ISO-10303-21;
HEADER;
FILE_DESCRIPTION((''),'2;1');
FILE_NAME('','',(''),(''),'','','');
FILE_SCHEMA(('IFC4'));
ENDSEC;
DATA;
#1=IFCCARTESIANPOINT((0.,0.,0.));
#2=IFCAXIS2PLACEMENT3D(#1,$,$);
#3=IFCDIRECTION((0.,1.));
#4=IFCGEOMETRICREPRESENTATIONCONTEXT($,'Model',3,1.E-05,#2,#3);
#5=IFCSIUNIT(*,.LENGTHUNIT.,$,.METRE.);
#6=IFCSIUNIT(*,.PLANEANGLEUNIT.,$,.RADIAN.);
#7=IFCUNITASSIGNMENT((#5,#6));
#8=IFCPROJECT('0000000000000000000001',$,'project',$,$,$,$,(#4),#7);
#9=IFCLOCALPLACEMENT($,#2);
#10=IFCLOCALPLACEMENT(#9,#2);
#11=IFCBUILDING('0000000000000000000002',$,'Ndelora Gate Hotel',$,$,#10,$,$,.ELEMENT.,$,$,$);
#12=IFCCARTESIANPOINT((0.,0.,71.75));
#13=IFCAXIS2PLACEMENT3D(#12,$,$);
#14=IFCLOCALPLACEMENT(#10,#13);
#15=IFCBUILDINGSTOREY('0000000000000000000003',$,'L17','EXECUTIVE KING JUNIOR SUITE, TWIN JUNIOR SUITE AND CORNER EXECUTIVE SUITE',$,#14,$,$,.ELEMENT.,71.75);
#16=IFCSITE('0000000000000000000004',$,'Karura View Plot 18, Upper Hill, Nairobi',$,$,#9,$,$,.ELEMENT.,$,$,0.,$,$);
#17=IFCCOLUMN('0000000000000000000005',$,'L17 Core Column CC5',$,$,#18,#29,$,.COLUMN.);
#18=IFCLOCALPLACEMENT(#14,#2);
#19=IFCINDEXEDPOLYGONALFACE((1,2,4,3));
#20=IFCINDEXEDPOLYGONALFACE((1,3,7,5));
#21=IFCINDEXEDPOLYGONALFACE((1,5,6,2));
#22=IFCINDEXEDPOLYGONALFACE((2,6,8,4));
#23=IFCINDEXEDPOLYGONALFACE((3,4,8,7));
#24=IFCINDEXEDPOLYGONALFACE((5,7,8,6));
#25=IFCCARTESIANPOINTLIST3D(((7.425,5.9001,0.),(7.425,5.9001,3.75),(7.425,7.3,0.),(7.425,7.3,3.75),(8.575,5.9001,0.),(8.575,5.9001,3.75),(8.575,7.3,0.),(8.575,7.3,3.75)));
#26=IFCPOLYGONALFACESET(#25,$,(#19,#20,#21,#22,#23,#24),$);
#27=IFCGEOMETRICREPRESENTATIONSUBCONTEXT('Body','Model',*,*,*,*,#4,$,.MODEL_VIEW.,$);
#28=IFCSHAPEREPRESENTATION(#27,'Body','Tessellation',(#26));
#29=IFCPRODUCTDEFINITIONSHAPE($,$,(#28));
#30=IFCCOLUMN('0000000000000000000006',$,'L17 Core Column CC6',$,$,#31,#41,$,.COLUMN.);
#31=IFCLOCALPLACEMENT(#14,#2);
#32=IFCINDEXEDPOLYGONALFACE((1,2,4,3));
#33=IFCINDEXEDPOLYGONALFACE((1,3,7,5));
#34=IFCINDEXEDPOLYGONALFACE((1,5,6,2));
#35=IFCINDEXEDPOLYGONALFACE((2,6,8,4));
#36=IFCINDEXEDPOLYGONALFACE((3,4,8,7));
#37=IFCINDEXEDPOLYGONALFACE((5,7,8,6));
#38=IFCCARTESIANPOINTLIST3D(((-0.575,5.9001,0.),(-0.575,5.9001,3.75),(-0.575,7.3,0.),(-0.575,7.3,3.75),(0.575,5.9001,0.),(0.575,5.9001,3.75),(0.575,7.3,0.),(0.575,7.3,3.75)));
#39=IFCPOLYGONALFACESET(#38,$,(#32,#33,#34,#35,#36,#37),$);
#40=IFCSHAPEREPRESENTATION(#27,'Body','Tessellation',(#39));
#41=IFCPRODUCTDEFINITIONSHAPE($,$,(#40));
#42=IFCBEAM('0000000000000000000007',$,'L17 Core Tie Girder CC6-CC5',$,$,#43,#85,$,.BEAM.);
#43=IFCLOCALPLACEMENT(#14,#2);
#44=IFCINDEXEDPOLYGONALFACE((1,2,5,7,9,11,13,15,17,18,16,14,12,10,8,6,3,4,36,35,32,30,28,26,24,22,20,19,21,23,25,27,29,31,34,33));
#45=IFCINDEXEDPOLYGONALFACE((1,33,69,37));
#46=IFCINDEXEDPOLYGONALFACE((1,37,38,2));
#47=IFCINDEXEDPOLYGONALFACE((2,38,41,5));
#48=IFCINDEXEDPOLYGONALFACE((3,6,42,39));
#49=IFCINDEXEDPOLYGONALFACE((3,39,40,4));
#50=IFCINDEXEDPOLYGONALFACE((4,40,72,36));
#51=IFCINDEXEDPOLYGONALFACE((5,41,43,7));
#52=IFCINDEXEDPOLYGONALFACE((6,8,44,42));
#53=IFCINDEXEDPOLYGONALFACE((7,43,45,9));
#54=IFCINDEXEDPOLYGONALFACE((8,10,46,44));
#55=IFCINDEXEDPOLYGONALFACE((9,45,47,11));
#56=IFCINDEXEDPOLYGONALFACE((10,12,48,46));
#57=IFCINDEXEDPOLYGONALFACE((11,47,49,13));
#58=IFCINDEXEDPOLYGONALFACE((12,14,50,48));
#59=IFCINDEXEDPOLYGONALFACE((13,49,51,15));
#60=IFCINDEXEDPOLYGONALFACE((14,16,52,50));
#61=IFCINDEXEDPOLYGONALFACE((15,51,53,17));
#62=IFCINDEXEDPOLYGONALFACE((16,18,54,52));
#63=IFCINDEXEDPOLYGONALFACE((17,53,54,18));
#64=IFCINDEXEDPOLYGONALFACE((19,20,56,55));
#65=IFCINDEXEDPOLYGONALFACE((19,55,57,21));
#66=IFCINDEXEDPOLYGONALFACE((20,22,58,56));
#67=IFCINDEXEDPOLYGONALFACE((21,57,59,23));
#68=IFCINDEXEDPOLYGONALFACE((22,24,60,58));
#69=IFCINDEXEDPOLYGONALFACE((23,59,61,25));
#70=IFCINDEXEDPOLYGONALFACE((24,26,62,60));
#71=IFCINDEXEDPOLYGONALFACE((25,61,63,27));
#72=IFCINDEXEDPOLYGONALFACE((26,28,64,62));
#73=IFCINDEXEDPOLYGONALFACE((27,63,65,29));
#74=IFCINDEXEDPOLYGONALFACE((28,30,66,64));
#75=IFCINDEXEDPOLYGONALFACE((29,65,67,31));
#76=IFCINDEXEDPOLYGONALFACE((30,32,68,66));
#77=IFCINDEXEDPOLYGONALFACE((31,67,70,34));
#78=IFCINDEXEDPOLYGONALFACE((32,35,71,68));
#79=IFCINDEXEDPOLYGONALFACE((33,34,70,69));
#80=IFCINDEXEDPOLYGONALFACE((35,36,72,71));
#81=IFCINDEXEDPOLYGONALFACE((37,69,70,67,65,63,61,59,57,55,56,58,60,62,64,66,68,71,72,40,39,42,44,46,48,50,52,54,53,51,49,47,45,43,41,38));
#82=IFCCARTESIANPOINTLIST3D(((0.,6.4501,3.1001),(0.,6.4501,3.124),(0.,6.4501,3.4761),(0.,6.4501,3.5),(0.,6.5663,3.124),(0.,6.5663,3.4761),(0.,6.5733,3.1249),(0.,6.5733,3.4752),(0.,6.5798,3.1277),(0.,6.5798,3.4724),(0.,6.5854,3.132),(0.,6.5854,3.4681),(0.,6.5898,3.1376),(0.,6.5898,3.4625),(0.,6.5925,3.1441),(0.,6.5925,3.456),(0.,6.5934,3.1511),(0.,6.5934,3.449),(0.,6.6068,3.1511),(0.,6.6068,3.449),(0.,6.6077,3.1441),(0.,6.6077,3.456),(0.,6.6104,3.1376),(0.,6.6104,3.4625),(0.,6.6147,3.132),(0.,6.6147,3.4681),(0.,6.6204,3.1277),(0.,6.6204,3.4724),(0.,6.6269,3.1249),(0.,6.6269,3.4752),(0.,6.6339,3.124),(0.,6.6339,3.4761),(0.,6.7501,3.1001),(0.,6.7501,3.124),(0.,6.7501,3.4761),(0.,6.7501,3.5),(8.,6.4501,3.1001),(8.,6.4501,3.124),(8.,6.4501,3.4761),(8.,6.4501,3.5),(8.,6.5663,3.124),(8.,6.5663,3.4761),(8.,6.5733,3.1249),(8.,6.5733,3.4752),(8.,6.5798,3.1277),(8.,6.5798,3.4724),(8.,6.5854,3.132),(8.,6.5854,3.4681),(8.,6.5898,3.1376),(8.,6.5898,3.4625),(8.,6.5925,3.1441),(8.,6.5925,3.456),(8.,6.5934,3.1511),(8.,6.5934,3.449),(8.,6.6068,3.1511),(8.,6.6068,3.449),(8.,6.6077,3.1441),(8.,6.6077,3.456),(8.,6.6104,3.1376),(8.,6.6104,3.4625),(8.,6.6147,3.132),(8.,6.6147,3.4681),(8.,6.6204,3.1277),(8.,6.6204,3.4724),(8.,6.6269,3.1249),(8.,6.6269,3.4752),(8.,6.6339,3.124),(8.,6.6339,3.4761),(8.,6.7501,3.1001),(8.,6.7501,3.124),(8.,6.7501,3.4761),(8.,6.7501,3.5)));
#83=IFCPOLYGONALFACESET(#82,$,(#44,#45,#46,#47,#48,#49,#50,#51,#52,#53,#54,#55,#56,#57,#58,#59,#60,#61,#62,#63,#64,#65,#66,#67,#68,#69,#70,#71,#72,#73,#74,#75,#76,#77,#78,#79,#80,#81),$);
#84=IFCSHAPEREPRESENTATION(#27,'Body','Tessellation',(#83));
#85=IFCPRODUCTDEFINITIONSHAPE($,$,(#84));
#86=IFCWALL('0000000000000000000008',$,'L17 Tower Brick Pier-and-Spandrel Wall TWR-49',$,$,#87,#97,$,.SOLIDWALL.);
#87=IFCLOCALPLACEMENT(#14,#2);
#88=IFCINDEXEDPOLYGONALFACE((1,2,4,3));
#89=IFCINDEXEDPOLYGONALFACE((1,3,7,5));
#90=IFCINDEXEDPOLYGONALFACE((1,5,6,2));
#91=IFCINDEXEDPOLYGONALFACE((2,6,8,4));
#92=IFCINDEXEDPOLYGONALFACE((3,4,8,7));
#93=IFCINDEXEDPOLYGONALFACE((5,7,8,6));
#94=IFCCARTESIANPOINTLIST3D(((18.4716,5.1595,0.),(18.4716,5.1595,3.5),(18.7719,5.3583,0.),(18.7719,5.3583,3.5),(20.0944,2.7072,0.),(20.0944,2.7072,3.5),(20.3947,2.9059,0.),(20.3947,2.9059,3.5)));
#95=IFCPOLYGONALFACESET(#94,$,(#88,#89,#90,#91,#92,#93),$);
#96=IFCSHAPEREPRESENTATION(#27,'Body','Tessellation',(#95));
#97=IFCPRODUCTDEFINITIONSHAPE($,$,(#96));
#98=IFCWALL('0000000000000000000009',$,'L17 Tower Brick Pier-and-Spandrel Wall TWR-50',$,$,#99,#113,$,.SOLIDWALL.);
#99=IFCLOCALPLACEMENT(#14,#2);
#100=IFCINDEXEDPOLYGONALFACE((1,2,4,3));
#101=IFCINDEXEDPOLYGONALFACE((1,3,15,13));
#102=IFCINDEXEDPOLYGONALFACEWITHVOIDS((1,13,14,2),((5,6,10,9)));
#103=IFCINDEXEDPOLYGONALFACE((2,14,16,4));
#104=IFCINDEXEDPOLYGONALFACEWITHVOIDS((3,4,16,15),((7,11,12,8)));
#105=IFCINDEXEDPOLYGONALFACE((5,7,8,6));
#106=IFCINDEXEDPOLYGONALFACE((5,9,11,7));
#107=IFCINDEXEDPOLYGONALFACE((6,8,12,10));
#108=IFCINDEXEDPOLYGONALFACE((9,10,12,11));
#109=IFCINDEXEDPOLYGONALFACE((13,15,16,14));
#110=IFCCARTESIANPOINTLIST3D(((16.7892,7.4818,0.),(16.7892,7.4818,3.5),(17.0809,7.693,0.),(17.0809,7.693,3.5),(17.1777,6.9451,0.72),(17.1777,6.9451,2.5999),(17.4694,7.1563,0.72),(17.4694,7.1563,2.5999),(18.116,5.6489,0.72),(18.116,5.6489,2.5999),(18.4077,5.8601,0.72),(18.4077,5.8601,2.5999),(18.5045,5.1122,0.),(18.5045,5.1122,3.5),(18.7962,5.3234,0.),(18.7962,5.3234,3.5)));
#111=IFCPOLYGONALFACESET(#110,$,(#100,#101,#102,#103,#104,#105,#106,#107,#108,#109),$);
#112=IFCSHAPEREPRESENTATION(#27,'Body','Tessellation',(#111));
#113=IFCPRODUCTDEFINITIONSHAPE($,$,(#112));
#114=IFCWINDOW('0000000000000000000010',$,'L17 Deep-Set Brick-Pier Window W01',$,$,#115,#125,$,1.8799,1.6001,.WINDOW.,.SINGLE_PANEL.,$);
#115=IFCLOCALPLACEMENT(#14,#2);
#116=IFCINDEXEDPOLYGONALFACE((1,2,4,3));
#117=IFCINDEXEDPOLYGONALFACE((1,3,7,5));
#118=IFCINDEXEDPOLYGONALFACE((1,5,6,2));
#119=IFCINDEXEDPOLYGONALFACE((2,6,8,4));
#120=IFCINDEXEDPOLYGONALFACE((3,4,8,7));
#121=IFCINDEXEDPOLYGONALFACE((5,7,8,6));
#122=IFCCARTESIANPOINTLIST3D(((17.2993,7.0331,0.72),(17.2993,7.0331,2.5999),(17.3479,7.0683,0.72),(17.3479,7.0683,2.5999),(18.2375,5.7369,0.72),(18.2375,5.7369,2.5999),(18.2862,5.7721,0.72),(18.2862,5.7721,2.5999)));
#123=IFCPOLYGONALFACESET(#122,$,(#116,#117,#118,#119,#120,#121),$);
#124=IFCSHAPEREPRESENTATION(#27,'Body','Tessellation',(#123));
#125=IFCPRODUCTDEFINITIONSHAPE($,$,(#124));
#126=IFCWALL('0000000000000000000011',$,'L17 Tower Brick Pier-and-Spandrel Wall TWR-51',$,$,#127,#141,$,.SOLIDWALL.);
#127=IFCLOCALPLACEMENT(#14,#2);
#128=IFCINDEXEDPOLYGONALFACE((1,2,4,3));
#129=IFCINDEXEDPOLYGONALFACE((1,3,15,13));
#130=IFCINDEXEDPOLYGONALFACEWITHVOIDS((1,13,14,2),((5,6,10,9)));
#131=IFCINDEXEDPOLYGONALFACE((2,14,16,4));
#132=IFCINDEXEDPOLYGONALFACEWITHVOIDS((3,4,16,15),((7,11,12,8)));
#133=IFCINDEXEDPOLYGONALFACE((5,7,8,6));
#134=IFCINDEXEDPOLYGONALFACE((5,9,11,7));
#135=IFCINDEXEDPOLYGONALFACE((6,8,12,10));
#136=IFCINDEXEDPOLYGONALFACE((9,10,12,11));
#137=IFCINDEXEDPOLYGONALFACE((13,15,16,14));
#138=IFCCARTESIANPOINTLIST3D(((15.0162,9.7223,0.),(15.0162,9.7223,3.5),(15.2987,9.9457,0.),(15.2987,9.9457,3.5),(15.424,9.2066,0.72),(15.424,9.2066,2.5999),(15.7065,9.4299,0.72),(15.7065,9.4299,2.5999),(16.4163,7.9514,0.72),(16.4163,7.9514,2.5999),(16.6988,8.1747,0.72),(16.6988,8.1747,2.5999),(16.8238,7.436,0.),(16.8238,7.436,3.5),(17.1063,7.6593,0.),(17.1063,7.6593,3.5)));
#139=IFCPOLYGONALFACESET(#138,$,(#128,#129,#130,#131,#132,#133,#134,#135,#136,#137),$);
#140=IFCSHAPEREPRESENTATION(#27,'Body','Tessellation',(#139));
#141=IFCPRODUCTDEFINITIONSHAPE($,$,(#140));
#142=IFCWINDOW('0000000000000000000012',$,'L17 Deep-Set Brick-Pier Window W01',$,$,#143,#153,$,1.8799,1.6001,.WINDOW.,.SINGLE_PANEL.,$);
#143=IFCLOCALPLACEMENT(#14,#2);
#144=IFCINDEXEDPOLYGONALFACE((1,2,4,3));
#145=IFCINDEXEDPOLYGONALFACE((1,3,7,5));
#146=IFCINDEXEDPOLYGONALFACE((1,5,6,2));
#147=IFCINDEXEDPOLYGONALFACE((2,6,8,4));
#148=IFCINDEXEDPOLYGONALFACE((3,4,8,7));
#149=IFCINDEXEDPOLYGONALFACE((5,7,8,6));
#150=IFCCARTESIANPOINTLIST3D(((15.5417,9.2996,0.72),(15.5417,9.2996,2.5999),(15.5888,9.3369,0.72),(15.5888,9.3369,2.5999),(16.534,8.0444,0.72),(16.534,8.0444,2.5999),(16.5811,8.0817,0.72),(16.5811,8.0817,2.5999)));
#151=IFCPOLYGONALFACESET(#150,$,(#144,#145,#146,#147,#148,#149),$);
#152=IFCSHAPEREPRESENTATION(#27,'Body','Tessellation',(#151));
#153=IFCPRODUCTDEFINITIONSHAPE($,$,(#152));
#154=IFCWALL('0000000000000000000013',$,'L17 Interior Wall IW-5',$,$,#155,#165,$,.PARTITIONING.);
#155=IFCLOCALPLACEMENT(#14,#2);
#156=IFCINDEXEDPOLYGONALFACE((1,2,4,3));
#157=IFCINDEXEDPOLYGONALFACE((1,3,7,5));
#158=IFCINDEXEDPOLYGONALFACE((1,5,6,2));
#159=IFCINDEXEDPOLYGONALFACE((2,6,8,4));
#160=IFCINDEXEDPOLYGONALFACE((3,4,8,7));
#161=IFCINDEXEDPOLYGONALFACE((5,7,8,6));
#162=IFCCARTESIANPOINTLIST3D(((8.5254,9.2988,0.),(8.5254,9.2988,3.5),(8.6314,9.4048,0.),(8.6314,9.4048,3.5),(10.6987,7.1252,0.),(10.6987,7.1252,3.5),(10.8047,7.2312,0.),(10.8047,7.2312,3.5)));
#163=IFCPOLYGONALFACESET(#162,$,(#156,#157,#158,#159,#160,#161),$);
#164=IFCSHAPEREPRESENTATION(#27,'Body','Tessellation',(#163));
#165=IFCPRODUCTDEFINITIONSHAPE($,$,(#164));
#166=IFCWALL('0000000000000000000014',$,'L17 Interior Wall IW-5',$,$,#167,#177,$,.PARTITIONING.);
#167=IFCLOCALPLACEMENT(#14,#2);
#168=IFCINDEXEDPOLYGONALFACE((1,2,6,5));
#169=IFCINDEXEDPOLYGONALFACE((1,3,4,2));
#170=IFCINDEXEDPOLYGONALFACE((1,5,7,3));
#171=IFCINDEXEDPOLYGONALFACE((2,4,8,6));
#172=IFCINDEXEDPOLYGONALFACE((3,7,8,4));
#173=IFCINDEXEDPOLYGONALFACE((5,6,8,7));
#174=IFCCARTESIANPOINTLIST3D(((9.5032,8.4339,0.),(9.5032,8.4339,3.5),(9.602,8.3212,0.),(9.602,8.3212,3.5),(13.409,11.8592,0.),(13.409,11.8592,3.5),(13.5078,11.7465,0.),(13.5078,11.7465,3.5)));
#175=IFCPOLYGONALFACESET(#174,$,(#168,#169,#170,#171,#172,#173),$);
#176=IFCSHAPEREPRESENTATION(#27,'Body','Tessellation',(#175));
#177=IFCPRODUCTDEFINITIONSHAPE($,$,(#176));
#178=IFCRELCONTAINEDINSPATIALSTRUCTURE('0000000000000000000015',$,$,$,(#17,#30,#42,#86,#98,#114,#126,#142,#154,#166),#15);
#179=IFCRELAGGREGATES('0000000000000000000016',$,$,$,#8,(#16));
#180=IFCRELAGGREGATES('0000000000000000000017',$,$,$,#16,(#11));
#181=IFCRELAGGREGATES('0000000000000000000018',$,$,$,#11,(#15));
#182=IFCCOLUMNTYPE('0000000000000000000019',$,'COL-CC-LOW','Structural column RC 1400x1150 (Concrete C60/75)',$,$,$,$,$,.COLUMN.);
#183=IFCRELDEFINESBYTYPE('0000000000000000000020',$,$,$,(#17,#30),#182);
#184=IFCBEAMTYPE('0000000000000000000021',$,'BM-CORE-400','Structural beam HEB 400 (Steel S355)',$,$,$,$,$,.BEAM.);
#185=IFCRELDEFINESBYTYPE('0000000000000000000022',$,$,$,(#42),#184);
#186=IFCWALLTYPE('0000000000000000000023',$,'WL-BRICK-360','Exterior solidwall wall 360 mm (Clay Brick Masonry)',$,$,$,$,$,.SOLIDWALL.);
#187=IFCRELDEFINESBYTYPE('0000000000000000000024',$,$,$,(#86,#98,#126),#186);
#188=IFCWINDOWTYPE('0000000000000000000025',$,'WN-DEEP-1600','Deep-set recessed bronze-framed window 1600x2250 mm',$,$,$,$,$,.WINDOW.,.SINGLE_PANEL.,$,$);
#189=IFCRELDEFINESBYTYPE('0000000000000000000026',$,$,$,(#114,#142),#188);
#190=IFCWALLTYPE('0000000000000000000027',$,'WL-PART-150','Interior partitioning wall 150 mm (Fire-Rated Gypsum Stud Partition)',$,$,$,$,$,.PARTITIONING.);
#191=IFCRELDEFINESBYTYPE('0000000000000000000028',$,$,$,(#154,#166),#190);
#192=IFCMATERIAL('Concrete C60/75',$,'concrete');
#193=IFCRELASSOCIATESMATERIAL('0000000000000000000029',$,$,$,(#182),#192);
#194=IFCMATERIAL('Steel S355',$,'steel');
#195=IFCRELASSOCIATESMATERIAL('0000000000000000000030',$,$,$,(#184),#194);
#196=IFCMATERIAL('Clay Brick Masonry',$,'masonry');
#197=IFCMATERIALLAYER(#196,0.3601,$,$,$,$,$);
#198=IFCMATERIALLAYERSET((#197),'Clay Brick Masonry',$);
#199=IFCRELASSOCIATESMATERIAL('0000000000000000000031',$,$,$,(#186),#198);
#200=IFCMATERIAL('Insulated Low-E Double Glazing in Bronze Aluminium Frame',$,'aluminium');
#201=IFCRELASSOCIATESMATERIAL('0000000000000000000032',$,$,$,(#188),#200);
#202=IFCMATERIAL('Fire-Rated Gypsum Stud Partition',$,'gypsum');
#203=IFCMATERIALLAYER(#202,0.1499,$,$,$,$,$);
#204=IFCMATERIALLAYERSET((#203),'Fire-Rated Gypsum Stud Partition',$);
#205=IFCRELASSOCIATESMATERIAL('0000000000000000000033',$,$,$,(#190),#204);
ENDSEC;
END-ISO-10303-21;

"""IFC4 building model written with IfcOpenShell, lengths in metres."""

from ifc_helpers import new_model, si_unit, direction, frame, frame_2d, origin, origin_2d, place, context, subcontext, project, spatial, rectangle, i_section, extrude, material, layer, layer_set, material_profile, profile_set, type_object, element, fill, save


model = new_model("IFC4")

# Units and contexts
model_context = context("Model", 3, precision=1e-05, world=origin(), true_north=direction((0.0, 1.0)))
body_context = subcontext(model_context, "Body", "Model", "MODEL_VIEW")
ifc_project = project(units=[si_unit("LENGTHUNIT", "METRE"), si_unit("PLANEANGLEUNIT", "RADIAN")], contexts=[model_context])

# Site, building, storey
site_placement = place(None, origin())
site = spatial("IfcSite", under=ifc_project, at=site_placement, Name="Karura View Plot 18, Upper Hill, Nairobi", CompositionType="ELEMENT", RefElevation=0.0)
building_placement = place(site_placement, origin())
building = spatial("IfcBuilding", under=site, at=building_placement, Name="Ndelora Gate Hotel", CompositionType="ELEMENT")
storey_placement = place(building_placement, frame((0.0, 0.0, 71.75)))
storey = spatial("IfcBuildingStorey", under=building, at=storey_placement, Name="L17", Description="EXECUTIVE KING JUNIOR SUITE, TWIN JUNIOR SUITE AND CORNER EXECUTIVE SUITE", CompositionType="ELEMENT", Elevation=71.75)

# Columns
ifc_material_1 = material(Name="Concrete C60/75", Category="concrete")
ifc_material_profile_1 = material_profile(ifc_material_1, rectangle(XDim=1.1499, YDim=1.3999, at=origin_2d()), Name="RC 1400x1150")
ifc_profile_set_1 = profile_set([ifc_material_profile_1], Name="Concrete C60/75")
column_type = type_object("IfcColumnType", Name="COL-CC-LOW", Description="Structural column RC 1400x1150 (Concrete C60/75)", PredefinedType="COLUMN", material=ifc_profile_set_1)
for number, where, z_axis, x_axis, name in (
    (1, (8.0, 6.6001, 0.0), (0.0, 0.0, 1.0), (1.0, 0.0, 0.0), "L17 Core Column CC5"),
    (2, (0.0, 6.6001, 0.0), (0.0, 0.0, 1.0), (1.0, 0.0, 0.0), "L17 Core Column CC6"),
):
    element("IfcColumn", number, at=place(storey_placement, frame(where, z_axis=z_axis, x_axis=x_axis)), inside=storey, type_object=column_type, Name=name, PredefinedType="COLUMN", context=body_context, shape_type="SweptSolid", body=[
        extrude(rectangle(XDim=1.1499, YDim=1.3999, at=origin_2d()), origin(), (0.0, 0.0, 1.0), 3.75),
    ])

# Beam
ifc_material_2 = material(Name="Steel S355", Category="steel")
ifc_material_profile_2 = material_profile(ifc_material_2, i_section(OverallWidth=0.3, OverallDepth=0.3999, WebThickness=0.0134, FlangeThickness=0.0239, FilletRadius=0.0271, at=origin_2d()), Name="HEB 400")
ifc_profile_set_2 = profile_set([ifc_material_profile_2], Name="Steel S355")
beam_type = type_object("IfcBeamType", Name="BM-CORE-400", Description="Structural beam HEB 400 (Steel S355)", PredefinedType="BEAM", material=ifc_profile_set_2)
beam_placement = place(storey_placement, frame((0.0, 6.6001, 3.3), z_axis=(1.0, 0.0, 0.0), x_axis=(0.0, 1.0, 0.0)))
element("IfcBeam", 3, at=beam_placement, inside=storey, type_object=beam_type, Name="L17 Core Tie Girder CC6-CC5", PredefinedType="BEAM", context=body_context, shape_type="SweptSolid", body=[
    extrude(i_section(OverallWidth=0.3, OverallDepth=0.3999, WebThickness=0.0134, FlangeThickness=0.0239, FilletRadius=0.0271, at=origin_2d()), origin(), (0.0, 0.0, 1.0), 8.0),
])

# Wall
ifc_material_3 = material(Name="Clay Brick Masonry", Category="masonry")
ifc_layer_1 = layer(ifc_material_3, 0.3601)
ifc_layer_set_1 = layer_set([ifc_layer_1], Name="Clay Brick Masonry")
wall_type_1 = type_object("IfcWallType", Name="WL-BRICK-360", Description="Exterior solidwall wall 360 mm (Clay Brick Masonry)", PredefinedType="SOLIDWALL", material=ifc_layer_set_1)
wall_1_placement = place(storey_placement, frame((18.6218, 5.2588, 0.0), z_axis=(0.0, 0.0, 1.0), x_axis=(0.551842, -0.833948, 0.0)))
element("IfcWall", 4, at=wall_1_placement, inside=storey, type_object=wall_type_1, Name="L17 Tower Brick Pier-and-Spandrel Wall TWR-49", PredefinedType="SOLIDWALL", context=body_context, shape_type="SweptSolid", body=[
    extrude(rectangle(XDim=2.9407, YDim=0.3601, at=frame_2d((1.4702, 0.0))), origin(), (0.0, 0.0, 1.0), 3.5),
])

# Walls, openings, windows
wall_2_placement = place(storey_placement, frame((16.9351, 7.5874, 0.0), z_axis=(0.0, 0.0, 1.0), x_axis=(0.586374, -0.810041, 0.0)))
wall_2 = element("IfcWall", 5, at=wall_2_placement, inside=storey, type_object=wall_type_1, Name="L17 Tower Brick Pier-and-Spandrel Wall TWR-50", PredefinedType="SOLIDWALL", context=body_context, shape_type="SweptSolid", body=[
    extrude(rectangle(XDim=2.9253, YDim=0.3601, at=frame_2d((1.4626, 0.0))), origin(), (0.0, 0.0, 1.0), 3.5),
])
opening_1_placement = place(wall_2_placement, frame((0.6626, 0.0, 0.72)))
opening_1 = element("IfcOpeningElement", 6, at=opening_1_placement, cuts=wall_2, PredefinedType="OPENING", context=body_context, shape_type="SweptSolid", body=[
    extrude(rectangle(XDim=1.6001, YDim=1.8799, at=frame_2d((0.8, 0.9399))), frame((0.0, 0.1899, 0.0), z_axis=(0.0, -1.0, 0.0), x_axis=(1.0, 0.0, 0.0)), (0.0, 0.0, 1.0), 0.3801),
])
ifc_material_4 = material(Name="Insulated Low-E Double Glazing in Bronze Aluminium Frame", Category="aluminium")
window_type = type_object("IfcWindowType", Name="WN-DEEP-1600", Description="Deep-set recessed bronze-framed window 1600x2250 mm", PartitioningType="SINGLE_PANEL", PredefinedType="WINDOW", material=ifc_material_4)
window_1_placement = place(opening_1_placement, origin())
window_1 = element("IfcWindow", 7, at=window_1_placement, inside=storey, type_object=window_type, Name="L17 Deep-Set Brick-Pier Window W01", OverallHeight=1.8799, OverallWidth=1.6001, PartitioningType="SINGLE_PANEL", PredefinedType="WINDOW", context=body_context, shape_type="SweptSolid", body=[
    extrude(rectangle(XDim=1.6001, YDim=1.8799, at=frame_2d((0.8, 0.9399))), frame((0.0, 0.03, 0.0), z_axis=(0.0, -1.0, 0.0), x_axis=(1.0, 0.0, 0.0)), (0.0, 0.0, 1.0), 0.0601),
])
fill(opening_1, window_1)
wall_3_placement = place(storey_placement, frame((15.1575, 9.834, 0.0), z_axis=(0.0, 0.0, 1.0), x_axis=(0.62019, -0.784452, 0.0)))
wall_3 = element("IfcWall", 8, at=wall_3_placement, inside=storey, type_object=wall_type_1, Name="L17 Tower Brick Pier-and-Spandrel Wall TWR-51", PredefinedType="SOLIDWALL", context=body_context, shape_type="SweptSolid", body=[
    extrude(rectangle(XDim=2.9146, YDim=0.3601, at=frame_2d((1.4573, 0.0))), origin(), (0.0, 0.0, 1.0), 3.5),
])
opening_2_placement = place(wall_3_placement, frame((0.6575, 0.0, 0.72)))
opening_2 = element("IfcOpeningElement", 9, at=opening_2_placement, cuts=wall_3, PredefinedType="OPENING", context=body_context, shape_type="SweptSolid", body=[
    extrude(rectangle(XDim=1.6001, YDim=1.8799, at=frame_2d((0.8, 0.9399))), frame((0.0, 0.1899, 0.0), z_axis=(0.0, -1.0, 0.0), x_axis=(1.0, 0.0, 0.0)), (0.0, 0.0, 1.0), 0.3801),
])
window_2_placement = place(opening_2_placement, origin())
window_2 = element("IfcWindow", 10, at=window_2_placement, inside=storey, type_object=window_type, Name="L17 Deep-Set Brick-Pier Window W01", OverallHeight=1.8799, OverallWidth=1.6001, PartitioningType="SINGLE_PANEL", PredefinedType="WINDOW", context=body_context, shape_type="SweptSolid", body=[
    extrude(rectangle(XDim=1.6001, YDim=1.8799, at=frame_2d((0.8, 0.9399))), frame((0.0, 0.03, 0.0), z_axis=(0.0, -1.0, 0.0), x_axis=(1.0, 0.0, 0.0)), (0.0, 0.0, 1.0), 0.0601),
])
fill(opening_2, window_2)

# Shared definitions
ifc_material_5 = material(Name="Fire-Rated Gypsum Stud Partition", Category="gypsum")
ifc_layer_2 = layer(ifc_material_5, 0.1499)
ifc_layer_set_2 = layer_set([ifc_layer_2], Name="Fire-Rated Gypsum Stud Partition")
wall_type_2 = type_object("IfcWallType", Name="WL-PART-150", Description="Interior partitioning wall 150 mm (Fire-Rated Gypsum Stud Partition)", PredefinedType="PARTITIONING", material=ifc_layer_set_2)

# Walls
wall_4_placement = place(storey_placement, frame((8.5784, 9.3518, 0.0), z_axis=(0.0, 0.0, 1.0), x_axis=(0.707067, -0.707146, 0.0)))
element("IfcWall", 11, at=wall_4_placement, inside=storey, type_object=wall_type_2, Name="L17 Interior Wall IW-5", PredefinedType="PARTITIONING", context=body_context, shape_type="SweptSolid", body=[
    extrude(rectangle(XDim=3.0737, YDim=0.1499, at=frame_2d((1.5369, 0.0))), origin(), (0.0, 0.0, 1.0), 3.5),
])
wall_5_placement = place(storey_placement, frame((9.5525, 8.3774, 0.0), z_axis=(0.0, 0.0, 1.0), x_axis=(0.751837, 0.659349, 0.0)))
element("IfcWall", 12, at=wall_5_placement, inside=storey, type_object=wall_type_2, Name="L17 Interior Wall IW-5", PredefinedType="PARTITIONING", context=body_context, shape_type="SweptSolid", body=[
    extrude(rectangle(XDim=5.1951, YDim=0.1499, at=frame_2d((2.5977, 0.0))), origin(), (0.0, 0.0, 1.0), 3.5),
])

save(model, "model.ifc")
